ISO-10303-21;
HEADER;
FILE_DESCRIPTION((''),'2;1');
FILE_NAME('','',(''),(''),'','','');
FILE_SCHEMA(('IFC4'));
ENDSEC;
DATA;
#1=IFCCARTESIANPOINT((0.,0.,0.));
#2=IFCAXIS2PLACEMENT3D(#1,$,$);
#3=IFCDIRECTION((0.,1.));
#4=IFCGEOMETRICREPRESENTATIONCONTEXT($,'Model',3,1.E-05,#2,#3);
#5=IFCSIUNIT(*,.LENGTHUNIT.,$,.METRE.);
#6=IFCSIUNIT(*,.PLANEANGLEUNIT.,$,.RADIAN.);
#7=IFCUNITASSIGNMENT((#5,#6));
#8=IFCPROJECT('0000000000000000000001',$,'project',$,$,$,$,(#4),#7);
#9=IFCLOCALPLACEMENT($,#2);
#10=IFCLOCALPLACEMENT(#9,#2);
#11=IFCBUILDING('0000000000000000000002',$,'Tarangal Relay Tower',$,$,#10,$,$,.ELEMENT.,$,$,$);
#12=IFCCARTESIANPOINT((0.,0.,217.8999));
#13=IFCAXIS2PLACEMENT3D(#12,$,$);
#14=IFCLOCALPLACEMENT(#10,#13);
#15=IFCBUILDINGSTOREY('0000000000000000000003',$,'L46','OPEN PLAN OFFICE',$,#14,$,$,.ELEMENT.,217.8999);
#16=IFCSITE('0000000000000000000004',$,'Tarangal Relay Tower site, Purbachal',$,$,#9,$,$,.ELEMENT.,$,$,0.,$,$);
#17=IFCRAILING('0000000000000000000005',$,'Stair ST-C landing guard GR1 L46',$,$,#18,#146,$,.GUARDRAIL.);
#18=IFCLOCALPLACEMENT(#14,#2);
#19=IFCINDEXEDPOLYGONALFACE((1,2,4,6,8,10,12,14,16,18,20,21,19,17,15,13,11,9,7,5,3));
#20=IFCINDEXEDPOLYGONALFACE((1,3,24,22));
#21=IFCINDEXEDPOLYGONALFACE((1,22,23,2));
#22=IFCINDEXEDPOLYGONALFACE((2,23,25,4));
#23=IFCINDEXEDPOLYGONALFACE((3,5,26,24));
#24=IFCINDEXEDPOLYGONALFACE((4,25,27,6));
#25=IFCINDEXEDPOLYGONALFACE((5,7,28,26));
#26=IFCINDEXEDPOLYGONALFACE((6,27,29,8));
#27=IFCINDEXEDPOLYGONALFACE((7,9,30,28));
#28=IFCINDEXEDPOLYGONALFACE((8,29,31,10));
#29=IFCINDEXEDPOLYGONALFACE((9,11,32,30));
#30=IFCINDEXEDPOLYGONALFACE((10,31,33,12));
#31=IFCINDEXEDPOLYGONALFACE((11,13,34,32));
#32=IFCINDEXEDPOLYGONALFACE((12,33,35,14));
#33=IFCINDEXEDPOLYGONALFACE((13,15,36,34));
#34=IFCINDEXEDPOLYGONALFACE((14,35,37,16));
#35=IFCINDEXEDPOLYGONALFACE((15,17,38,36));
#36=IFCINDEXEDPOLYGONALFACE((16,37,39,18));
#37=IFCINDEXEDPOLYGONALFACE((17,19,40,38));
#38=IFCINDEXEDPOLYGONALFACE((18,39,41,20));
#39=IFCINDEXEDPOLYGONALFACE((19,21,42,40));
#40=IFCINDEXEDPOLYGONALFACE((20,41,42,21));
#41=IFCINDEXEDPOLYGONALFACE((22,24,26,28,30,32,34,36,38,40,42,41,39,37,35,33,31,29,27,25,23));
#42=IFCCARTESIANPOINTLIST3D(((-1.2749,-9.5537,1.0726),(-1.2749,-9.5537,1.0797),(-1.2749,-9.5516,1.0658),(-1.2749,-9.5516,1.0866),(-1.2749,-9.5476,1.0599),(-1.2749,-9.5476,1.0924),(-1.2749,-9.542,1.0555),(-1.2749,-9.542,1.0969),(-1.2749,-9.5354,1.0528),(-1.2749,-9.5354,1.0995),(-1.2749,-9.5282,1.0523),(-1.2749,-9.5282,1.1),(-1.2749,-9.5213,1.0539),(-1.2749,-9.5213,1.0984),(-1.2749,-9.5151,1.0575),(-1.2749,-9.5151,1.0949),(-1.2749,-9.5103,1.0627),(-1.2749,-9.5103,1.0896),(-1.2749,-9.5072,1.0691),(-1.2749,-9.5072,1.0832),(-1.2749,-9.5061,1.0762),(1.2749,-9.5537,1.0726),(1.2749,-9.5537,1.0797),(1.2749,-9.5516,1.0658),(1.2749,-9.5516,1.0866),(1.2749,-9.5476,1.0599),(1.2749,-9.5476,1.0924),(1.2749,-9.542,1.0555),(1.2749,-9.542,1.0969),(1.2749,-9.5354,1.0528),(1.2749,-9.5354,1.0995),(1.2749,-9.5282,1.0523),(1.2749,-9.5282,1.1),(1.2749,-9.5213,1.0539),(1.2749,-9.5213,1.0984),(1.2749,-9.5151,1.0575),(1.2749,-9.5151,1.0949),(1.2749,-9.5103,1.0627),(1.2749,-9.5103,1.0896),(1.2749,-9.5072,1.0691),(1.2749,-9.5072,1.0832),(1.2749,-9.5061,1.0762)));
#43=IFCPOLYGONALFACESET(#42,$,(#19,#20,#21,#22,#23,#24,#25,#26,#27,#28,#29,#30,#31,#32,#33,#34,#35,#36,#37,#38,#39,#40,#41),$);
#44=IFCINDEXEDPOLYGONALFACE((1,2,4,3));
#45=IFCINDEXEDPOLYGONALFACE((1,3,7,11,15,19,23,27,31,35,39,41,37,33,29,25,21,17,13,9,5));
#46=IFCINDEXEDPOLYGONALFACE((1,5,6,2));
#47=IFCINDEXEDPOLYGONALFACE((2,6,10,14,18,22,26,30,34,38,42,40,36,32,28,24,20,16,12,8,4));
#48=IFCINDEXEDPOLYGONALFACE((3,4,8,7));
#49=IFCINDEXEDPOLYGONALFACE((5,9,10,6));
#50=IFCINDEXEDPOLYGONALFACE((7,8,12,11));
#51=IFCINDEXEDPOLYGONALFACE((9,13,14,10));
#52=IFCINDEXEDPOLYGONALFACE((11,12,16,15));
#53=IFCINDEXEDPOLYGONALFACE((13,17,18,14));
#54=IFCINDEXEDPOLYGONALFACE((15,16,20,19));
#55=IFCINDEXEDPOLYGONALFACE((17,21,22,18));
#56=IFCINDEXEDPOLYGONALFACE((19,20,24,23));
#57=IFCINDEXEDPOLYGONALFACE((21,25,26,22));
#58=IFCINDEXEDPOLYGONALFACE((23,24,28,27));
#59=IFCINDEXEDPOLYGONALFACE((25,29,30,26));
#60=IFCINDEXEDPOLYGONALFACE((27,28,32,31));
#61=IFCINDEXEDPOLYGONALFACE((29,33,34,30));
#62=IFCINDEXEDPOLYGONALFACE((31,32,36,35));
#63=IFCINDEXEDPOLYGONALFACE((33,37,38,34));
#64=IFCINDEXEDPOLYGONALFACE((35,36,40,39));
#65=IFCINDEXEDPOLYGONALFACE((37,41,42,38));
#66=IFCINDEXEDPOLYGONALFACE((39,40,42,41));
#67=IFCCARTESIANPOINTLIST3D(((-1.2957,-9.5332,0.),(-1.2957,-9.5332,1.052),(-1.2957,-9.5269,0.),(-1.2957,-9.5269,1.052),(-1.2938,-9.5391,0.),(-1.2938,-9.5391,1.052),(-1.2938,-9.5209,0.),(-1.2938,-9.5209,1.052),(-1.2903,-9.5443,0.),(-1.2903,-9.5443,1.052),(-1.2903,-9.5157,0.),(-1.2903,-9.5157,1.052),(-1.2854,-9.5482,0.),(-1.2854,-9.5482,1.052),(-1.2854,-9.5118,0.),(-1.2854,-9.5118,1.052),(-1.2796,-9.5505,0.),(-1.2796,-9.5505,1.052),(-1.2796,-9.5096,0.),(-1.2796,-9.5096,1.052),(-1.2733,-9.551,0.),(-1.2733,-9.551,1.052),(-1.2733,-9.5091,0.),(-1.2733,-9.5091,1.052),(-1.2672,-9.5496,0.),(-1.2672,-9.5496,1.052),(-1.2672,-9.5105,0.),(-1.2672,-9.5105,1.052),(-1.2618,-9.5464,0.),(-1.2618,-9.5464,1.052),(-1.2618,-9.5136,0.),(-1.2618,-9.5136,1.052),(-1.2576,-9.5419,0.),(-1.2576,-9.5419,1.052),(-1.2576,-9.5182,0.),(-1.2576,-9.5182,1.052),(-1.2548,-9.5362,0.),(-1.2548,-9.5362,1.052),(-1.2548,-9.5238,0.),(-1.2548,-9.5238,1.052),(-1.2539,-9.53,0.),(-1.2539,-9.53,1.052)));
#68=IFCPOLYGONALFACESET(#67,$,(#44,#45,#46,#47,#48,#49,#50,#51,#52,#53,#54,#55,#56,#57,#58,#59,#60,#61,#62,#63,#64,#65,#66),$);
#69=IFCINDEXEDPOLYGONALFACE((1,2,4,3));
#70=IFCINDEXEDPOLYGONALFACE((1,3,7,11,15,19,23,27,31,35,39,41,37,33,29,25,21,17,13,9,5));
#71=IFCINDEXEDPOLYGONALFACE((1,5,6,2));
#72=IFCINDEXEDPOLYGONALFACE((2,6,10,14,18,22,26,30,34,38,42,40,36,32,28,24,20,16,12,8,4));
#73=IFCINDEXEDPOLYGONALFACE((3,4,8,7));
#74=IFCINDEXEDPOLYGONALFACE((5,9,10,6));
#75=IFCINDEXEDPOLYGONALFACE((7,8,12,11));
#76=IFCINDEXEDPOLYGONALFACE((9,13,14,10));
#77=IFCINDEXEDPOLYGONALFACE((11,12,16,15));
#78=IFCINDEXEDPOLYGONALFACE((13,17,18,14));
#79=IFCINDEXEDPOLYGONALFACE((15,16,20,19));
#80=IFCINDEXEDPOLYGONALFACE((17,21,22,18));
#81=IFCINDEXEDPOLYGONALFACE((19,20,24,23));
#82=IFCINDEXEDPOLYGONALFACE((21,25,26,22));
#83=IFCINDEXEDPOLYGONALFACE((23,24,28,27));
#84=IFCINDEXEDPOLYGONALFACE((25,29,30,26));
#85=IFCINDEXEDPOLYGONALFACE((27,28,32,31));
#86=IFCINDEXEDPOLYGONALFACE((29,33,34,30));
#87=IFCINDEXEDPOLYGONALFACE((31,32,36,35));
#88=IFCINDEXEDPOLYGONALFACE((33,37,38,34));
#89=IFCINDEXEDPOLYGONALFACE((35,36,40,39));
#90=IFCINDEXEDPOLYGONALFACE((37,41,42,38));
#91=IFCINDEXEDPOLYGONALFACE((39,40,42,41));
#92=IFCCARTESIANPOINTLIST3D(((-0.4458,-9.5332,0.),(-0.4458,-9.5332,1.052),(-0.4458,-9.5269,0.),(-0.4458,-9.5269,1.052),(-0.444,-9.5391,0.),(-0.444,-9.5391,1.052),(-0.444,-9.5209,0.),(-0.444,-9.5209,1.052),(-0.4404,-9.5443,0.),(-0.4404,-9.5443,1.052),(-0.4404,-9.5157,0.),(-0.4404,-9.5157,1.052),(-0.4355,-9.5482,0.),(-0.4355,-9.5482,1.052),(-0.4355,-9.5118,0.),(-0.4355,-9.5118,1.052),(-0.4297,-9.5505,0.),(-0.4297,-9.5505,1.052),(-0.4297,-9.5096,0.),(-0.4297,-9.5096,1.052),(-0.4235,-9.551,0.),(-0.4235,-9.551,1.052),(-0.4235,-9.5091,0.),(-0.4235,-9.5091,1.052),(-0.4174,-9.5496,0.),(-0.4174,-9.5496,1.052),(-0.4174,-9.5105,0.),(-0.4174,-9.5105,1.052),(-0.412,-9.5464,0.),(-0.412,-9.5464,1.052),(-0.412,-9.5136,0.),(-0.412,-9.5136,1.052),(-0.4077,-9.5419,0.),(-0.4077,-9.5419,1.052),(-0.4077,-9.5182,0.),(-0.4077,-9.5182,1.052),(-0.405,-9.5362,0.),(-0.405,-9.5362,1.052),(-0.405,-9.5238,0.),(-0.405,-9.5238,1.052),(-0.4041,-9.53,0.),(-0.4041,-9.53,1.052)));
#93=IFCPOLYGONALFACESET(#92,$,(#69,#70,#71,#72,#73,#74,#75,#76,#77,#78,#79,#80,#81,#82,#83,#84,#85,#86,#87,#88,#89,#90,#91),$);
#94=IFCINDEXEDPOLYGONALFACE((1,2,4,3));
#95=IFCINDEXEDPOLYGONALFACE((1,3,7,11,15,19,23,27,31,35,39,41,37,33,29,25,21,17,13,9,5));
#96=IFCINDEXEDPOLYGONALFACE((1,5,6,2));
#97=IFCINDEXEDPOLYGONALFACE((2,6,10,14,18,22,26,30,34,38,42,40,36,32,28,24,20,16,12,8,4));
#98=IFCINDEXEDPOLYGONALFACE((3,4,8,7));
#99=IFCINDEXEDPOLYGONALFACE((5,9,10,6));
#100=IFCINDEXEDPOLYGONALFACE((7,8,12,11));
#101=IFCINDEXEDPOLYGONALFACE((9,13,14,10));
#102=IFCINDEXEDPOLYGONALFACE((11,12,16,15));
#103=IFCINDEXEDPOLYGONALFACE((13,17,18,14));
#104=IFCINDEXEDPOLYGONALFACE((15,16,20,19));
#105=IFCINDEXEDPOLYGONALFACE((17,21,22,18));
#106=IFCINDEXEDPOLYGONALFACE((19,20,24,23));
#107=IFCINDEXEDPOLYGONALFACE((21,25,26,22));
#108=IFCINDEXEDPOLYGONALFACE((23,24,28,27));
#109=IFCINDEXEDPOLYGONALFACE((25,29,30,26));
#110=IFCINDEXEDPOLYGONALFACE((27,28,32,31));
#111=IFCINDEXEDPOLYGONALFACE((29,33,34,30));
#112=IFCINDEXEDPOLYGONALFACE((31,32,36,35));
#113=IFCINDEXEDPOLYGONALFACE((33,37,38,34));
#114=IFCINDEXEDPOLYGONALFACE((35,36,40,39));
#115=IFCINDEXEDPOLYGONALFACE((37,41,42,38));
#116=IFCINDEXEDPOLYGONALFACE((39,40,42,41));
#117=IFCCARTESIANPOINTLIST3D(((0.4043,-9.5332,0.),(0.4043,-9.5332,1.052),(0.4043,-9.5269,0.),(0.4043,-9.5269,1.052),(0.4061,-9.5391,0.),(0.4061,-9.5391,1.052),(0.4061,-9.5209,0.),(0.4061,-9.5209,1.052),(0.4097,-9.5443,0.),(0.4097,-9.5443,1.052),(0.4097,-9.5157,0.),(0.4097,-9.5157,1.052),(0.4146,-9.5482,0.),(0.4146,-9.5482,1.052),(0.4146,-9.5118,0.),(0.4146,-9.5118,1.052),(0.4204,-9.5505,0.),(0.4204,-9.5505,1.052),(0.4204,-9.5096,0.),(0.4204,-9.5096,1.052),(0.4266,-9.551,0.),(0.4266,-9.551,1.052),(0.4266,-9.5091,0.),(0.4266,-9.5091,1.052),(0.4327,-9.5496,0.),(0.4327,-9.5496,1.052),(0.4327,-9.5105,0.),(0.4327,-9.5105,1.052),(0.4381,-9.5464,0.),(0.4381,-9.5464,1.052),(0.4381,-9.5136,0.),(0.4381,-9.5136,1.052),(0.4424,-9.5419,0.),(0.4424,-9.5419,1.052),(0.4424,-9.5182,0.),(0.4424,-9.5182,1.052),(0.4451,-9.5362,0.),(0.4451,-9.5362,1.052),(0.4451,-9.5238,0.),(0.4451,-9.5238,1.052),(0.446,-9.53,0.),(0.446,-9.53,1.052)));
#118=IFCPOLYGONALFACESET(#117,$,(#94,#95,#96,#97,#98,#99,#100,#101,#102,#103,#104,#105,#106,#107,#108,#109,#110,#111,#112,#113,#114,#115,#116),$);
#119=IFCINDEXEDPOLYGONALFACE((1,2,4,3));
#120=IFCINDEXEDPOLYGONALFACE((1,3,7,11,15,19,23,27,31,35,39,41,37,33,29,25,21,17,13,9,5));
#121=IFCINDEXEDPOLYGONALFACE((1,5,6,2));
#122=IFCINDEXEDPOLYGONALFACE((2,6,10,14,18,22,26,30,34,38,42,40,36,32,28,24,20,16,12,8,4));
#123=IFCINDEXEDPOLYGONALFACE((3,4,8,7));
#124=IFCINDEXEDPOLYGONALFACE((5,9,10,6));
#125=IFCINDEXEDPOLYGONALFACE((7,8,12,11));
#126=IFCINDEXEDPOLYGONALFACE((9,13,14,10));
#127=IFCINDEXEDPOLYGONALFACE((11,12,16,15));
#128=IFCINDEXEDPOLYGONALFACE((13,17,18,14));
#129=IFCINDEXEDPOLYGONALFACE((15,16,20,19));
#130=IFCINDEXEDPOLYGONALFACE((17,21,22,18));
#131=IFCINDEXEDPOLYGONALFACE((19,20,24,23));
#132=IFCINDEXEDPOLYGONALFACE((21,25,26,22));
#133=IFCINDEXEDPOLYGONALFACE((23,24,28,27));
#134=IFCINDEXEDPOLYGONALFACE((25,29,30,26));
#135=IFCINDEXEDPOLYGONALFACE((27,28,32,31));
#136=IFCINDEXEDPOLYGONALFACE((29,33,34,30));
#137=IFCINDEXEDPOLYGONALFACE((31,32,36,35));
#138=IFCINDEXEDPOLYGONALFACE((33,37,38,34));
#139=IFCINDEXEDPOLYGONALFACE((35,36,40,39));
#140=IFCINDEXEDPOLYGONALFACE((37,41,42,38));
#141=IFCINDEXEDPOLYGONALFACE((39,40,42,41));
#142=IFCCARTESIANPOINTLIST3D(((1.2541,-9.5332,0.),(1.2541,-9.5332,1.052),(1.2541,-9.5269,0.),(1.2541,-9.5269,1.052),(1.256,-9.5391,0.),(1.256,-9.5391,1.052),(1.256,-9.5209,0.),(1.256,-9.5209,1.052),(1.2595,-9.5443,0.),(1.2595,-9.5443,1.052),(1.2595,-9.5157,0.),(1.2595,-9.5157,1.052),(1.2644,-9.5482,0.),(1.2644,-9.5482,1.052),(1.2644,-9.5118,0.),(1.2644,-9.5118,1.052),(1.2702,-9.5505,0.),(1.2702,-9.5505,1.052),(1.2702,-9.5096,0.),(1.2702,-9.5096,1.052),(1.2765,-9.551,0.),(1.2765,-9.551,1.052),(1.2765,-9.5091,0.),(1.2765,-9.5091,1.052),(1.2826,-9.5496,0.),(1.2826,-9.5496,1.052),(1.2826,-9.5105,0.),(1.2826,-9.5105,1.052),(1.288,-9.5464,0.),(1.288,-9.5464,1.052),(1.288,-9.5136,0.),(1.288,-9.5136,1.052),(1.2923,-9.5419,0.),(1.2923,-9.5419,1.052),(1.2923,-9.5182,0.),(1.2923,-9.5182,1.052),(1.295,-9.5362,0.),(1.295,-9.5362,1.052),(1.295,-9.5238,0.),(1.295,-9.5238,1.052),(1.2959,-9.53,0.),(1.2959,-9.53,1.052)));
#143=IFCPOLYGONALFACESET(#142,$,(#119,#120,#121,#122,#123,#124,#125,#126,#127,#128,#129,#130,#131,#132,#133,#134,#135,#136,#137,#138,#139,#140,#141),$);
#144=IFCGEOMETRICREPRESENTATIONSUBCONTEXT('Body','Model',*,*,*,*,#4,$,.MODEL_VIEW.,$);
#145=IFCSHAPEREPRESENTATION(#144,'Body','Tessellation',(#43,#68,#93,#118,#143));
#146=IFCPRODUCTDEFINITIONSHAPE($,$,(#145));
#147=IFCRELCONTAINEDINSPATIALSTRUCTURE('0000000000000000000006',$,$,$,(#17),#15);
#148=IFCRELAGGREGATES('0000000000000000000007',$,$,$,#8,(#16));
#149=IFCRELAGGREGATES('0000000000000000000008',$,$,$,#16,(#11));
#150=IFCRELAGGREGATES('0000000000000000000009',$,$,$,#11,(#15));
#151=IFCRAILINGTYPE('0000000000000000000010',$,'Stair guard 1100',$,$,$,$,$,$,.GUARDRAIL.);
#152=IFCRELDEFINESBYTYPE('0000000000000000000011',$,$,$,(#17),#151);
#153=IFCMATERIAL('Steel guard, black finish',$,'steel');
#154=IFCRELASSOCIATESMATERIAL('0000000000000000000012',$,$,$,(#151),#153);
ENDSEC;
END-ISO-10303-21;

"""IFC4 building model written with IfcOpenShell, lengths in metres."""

from ifc_helpers import new_model, si_unit, direction, frame, origin, origin_2d, place, context, subcontext, project, spatial, circle, extrude, material, type_object, element, save


model = new_model("IFC4")

# Units and contexts
model_context = context("Model", 3, precision=1e-05, world=origin(), true_north=direction((0.0, 1.0)))
body_context = subcontext(model_context, "Body", "Model", "MODEL_VIEW")
ifc_project = project(units=[si_unit("LENGTHUNIT", "METRE"), si_unit("PLANEANGLEUNIT", "RADIAN")], contexts=[model_context])

# Site, building, storey
site_placement = place(None, origin())
site = spatial("IfcSite", under=ifc_project, at=site_placement, Name="Tarangal Relay Tower site, Purbachal", CompositionType="ELEMENT", RefElevation=0.0)
building_placement = place(site_placement, origin())
building = spatial("IfcBuilding", under=site, at=building_placement, Name="Tarangal Relay Tower", CompositionType="ELEMENT")
storey_placement = place(building_placement, frame((0.0, 0.0, 217.8999)))
storey = spatial("IfcBuildingStorey", under=building, at=storey_placement, Name="L46", Description="OPEN PLAN OFFICE", CompositionType="ELEMENT", Elevation=217.8999)

# Railing
ifc_material_1 = material(Name="Steel guard, black finish", Category="steel")
railing_type_1 = type_object("IfcRailingType", Name="Stair guard 1100", PredefinedType="GUARDRAIL", material=ifc_material_1)
for number, where, name in (
    (1, (-1.2749, -9.53, 0.0), "Stair ST-C landing guard GR1 L46"),
):
    element("IfcRailing", number, at=place(storey_placement, frame(where)), inside=storey, type_object=railing_type_1, Name=name, PredefinedType="GUARDRAIL", context=body_context, shape_type="SweptSolid", body=[
        extrude(circle(Radius=0.0239, at=origin_2d()), frame((0.0, 0.0, 1.0762), z_axis=(1.0, 0.0, 0.0), x_axis=(0.0, 1.0, 0.0)), (0.0, 0.0, 1.0), 2.5498),
        extrude(circle(Radius=0.021, at=origin_2d()), origin(), (0.0, 0.0, 1.0), 1.052),
        extrude(circle(Radius=0.021, at=origin_2d()), frame((0.8499, 0.0, 0.0)), (0.0, 0.0, 1.0), 1.052),
        extrude(circle(Radius=0.021, at=origin_2d()), frame((1.7, 0.0, 0.0)), (0.0, 0.0, 1.0), 1.052),
        extrude(circle(Radius=0.021, at=origin_2d()), frame((2.5498, 0.0, 0.0)), (0.0, 0.0, 1.0), 1.052),
    ])

save(model, "model.ifc")
